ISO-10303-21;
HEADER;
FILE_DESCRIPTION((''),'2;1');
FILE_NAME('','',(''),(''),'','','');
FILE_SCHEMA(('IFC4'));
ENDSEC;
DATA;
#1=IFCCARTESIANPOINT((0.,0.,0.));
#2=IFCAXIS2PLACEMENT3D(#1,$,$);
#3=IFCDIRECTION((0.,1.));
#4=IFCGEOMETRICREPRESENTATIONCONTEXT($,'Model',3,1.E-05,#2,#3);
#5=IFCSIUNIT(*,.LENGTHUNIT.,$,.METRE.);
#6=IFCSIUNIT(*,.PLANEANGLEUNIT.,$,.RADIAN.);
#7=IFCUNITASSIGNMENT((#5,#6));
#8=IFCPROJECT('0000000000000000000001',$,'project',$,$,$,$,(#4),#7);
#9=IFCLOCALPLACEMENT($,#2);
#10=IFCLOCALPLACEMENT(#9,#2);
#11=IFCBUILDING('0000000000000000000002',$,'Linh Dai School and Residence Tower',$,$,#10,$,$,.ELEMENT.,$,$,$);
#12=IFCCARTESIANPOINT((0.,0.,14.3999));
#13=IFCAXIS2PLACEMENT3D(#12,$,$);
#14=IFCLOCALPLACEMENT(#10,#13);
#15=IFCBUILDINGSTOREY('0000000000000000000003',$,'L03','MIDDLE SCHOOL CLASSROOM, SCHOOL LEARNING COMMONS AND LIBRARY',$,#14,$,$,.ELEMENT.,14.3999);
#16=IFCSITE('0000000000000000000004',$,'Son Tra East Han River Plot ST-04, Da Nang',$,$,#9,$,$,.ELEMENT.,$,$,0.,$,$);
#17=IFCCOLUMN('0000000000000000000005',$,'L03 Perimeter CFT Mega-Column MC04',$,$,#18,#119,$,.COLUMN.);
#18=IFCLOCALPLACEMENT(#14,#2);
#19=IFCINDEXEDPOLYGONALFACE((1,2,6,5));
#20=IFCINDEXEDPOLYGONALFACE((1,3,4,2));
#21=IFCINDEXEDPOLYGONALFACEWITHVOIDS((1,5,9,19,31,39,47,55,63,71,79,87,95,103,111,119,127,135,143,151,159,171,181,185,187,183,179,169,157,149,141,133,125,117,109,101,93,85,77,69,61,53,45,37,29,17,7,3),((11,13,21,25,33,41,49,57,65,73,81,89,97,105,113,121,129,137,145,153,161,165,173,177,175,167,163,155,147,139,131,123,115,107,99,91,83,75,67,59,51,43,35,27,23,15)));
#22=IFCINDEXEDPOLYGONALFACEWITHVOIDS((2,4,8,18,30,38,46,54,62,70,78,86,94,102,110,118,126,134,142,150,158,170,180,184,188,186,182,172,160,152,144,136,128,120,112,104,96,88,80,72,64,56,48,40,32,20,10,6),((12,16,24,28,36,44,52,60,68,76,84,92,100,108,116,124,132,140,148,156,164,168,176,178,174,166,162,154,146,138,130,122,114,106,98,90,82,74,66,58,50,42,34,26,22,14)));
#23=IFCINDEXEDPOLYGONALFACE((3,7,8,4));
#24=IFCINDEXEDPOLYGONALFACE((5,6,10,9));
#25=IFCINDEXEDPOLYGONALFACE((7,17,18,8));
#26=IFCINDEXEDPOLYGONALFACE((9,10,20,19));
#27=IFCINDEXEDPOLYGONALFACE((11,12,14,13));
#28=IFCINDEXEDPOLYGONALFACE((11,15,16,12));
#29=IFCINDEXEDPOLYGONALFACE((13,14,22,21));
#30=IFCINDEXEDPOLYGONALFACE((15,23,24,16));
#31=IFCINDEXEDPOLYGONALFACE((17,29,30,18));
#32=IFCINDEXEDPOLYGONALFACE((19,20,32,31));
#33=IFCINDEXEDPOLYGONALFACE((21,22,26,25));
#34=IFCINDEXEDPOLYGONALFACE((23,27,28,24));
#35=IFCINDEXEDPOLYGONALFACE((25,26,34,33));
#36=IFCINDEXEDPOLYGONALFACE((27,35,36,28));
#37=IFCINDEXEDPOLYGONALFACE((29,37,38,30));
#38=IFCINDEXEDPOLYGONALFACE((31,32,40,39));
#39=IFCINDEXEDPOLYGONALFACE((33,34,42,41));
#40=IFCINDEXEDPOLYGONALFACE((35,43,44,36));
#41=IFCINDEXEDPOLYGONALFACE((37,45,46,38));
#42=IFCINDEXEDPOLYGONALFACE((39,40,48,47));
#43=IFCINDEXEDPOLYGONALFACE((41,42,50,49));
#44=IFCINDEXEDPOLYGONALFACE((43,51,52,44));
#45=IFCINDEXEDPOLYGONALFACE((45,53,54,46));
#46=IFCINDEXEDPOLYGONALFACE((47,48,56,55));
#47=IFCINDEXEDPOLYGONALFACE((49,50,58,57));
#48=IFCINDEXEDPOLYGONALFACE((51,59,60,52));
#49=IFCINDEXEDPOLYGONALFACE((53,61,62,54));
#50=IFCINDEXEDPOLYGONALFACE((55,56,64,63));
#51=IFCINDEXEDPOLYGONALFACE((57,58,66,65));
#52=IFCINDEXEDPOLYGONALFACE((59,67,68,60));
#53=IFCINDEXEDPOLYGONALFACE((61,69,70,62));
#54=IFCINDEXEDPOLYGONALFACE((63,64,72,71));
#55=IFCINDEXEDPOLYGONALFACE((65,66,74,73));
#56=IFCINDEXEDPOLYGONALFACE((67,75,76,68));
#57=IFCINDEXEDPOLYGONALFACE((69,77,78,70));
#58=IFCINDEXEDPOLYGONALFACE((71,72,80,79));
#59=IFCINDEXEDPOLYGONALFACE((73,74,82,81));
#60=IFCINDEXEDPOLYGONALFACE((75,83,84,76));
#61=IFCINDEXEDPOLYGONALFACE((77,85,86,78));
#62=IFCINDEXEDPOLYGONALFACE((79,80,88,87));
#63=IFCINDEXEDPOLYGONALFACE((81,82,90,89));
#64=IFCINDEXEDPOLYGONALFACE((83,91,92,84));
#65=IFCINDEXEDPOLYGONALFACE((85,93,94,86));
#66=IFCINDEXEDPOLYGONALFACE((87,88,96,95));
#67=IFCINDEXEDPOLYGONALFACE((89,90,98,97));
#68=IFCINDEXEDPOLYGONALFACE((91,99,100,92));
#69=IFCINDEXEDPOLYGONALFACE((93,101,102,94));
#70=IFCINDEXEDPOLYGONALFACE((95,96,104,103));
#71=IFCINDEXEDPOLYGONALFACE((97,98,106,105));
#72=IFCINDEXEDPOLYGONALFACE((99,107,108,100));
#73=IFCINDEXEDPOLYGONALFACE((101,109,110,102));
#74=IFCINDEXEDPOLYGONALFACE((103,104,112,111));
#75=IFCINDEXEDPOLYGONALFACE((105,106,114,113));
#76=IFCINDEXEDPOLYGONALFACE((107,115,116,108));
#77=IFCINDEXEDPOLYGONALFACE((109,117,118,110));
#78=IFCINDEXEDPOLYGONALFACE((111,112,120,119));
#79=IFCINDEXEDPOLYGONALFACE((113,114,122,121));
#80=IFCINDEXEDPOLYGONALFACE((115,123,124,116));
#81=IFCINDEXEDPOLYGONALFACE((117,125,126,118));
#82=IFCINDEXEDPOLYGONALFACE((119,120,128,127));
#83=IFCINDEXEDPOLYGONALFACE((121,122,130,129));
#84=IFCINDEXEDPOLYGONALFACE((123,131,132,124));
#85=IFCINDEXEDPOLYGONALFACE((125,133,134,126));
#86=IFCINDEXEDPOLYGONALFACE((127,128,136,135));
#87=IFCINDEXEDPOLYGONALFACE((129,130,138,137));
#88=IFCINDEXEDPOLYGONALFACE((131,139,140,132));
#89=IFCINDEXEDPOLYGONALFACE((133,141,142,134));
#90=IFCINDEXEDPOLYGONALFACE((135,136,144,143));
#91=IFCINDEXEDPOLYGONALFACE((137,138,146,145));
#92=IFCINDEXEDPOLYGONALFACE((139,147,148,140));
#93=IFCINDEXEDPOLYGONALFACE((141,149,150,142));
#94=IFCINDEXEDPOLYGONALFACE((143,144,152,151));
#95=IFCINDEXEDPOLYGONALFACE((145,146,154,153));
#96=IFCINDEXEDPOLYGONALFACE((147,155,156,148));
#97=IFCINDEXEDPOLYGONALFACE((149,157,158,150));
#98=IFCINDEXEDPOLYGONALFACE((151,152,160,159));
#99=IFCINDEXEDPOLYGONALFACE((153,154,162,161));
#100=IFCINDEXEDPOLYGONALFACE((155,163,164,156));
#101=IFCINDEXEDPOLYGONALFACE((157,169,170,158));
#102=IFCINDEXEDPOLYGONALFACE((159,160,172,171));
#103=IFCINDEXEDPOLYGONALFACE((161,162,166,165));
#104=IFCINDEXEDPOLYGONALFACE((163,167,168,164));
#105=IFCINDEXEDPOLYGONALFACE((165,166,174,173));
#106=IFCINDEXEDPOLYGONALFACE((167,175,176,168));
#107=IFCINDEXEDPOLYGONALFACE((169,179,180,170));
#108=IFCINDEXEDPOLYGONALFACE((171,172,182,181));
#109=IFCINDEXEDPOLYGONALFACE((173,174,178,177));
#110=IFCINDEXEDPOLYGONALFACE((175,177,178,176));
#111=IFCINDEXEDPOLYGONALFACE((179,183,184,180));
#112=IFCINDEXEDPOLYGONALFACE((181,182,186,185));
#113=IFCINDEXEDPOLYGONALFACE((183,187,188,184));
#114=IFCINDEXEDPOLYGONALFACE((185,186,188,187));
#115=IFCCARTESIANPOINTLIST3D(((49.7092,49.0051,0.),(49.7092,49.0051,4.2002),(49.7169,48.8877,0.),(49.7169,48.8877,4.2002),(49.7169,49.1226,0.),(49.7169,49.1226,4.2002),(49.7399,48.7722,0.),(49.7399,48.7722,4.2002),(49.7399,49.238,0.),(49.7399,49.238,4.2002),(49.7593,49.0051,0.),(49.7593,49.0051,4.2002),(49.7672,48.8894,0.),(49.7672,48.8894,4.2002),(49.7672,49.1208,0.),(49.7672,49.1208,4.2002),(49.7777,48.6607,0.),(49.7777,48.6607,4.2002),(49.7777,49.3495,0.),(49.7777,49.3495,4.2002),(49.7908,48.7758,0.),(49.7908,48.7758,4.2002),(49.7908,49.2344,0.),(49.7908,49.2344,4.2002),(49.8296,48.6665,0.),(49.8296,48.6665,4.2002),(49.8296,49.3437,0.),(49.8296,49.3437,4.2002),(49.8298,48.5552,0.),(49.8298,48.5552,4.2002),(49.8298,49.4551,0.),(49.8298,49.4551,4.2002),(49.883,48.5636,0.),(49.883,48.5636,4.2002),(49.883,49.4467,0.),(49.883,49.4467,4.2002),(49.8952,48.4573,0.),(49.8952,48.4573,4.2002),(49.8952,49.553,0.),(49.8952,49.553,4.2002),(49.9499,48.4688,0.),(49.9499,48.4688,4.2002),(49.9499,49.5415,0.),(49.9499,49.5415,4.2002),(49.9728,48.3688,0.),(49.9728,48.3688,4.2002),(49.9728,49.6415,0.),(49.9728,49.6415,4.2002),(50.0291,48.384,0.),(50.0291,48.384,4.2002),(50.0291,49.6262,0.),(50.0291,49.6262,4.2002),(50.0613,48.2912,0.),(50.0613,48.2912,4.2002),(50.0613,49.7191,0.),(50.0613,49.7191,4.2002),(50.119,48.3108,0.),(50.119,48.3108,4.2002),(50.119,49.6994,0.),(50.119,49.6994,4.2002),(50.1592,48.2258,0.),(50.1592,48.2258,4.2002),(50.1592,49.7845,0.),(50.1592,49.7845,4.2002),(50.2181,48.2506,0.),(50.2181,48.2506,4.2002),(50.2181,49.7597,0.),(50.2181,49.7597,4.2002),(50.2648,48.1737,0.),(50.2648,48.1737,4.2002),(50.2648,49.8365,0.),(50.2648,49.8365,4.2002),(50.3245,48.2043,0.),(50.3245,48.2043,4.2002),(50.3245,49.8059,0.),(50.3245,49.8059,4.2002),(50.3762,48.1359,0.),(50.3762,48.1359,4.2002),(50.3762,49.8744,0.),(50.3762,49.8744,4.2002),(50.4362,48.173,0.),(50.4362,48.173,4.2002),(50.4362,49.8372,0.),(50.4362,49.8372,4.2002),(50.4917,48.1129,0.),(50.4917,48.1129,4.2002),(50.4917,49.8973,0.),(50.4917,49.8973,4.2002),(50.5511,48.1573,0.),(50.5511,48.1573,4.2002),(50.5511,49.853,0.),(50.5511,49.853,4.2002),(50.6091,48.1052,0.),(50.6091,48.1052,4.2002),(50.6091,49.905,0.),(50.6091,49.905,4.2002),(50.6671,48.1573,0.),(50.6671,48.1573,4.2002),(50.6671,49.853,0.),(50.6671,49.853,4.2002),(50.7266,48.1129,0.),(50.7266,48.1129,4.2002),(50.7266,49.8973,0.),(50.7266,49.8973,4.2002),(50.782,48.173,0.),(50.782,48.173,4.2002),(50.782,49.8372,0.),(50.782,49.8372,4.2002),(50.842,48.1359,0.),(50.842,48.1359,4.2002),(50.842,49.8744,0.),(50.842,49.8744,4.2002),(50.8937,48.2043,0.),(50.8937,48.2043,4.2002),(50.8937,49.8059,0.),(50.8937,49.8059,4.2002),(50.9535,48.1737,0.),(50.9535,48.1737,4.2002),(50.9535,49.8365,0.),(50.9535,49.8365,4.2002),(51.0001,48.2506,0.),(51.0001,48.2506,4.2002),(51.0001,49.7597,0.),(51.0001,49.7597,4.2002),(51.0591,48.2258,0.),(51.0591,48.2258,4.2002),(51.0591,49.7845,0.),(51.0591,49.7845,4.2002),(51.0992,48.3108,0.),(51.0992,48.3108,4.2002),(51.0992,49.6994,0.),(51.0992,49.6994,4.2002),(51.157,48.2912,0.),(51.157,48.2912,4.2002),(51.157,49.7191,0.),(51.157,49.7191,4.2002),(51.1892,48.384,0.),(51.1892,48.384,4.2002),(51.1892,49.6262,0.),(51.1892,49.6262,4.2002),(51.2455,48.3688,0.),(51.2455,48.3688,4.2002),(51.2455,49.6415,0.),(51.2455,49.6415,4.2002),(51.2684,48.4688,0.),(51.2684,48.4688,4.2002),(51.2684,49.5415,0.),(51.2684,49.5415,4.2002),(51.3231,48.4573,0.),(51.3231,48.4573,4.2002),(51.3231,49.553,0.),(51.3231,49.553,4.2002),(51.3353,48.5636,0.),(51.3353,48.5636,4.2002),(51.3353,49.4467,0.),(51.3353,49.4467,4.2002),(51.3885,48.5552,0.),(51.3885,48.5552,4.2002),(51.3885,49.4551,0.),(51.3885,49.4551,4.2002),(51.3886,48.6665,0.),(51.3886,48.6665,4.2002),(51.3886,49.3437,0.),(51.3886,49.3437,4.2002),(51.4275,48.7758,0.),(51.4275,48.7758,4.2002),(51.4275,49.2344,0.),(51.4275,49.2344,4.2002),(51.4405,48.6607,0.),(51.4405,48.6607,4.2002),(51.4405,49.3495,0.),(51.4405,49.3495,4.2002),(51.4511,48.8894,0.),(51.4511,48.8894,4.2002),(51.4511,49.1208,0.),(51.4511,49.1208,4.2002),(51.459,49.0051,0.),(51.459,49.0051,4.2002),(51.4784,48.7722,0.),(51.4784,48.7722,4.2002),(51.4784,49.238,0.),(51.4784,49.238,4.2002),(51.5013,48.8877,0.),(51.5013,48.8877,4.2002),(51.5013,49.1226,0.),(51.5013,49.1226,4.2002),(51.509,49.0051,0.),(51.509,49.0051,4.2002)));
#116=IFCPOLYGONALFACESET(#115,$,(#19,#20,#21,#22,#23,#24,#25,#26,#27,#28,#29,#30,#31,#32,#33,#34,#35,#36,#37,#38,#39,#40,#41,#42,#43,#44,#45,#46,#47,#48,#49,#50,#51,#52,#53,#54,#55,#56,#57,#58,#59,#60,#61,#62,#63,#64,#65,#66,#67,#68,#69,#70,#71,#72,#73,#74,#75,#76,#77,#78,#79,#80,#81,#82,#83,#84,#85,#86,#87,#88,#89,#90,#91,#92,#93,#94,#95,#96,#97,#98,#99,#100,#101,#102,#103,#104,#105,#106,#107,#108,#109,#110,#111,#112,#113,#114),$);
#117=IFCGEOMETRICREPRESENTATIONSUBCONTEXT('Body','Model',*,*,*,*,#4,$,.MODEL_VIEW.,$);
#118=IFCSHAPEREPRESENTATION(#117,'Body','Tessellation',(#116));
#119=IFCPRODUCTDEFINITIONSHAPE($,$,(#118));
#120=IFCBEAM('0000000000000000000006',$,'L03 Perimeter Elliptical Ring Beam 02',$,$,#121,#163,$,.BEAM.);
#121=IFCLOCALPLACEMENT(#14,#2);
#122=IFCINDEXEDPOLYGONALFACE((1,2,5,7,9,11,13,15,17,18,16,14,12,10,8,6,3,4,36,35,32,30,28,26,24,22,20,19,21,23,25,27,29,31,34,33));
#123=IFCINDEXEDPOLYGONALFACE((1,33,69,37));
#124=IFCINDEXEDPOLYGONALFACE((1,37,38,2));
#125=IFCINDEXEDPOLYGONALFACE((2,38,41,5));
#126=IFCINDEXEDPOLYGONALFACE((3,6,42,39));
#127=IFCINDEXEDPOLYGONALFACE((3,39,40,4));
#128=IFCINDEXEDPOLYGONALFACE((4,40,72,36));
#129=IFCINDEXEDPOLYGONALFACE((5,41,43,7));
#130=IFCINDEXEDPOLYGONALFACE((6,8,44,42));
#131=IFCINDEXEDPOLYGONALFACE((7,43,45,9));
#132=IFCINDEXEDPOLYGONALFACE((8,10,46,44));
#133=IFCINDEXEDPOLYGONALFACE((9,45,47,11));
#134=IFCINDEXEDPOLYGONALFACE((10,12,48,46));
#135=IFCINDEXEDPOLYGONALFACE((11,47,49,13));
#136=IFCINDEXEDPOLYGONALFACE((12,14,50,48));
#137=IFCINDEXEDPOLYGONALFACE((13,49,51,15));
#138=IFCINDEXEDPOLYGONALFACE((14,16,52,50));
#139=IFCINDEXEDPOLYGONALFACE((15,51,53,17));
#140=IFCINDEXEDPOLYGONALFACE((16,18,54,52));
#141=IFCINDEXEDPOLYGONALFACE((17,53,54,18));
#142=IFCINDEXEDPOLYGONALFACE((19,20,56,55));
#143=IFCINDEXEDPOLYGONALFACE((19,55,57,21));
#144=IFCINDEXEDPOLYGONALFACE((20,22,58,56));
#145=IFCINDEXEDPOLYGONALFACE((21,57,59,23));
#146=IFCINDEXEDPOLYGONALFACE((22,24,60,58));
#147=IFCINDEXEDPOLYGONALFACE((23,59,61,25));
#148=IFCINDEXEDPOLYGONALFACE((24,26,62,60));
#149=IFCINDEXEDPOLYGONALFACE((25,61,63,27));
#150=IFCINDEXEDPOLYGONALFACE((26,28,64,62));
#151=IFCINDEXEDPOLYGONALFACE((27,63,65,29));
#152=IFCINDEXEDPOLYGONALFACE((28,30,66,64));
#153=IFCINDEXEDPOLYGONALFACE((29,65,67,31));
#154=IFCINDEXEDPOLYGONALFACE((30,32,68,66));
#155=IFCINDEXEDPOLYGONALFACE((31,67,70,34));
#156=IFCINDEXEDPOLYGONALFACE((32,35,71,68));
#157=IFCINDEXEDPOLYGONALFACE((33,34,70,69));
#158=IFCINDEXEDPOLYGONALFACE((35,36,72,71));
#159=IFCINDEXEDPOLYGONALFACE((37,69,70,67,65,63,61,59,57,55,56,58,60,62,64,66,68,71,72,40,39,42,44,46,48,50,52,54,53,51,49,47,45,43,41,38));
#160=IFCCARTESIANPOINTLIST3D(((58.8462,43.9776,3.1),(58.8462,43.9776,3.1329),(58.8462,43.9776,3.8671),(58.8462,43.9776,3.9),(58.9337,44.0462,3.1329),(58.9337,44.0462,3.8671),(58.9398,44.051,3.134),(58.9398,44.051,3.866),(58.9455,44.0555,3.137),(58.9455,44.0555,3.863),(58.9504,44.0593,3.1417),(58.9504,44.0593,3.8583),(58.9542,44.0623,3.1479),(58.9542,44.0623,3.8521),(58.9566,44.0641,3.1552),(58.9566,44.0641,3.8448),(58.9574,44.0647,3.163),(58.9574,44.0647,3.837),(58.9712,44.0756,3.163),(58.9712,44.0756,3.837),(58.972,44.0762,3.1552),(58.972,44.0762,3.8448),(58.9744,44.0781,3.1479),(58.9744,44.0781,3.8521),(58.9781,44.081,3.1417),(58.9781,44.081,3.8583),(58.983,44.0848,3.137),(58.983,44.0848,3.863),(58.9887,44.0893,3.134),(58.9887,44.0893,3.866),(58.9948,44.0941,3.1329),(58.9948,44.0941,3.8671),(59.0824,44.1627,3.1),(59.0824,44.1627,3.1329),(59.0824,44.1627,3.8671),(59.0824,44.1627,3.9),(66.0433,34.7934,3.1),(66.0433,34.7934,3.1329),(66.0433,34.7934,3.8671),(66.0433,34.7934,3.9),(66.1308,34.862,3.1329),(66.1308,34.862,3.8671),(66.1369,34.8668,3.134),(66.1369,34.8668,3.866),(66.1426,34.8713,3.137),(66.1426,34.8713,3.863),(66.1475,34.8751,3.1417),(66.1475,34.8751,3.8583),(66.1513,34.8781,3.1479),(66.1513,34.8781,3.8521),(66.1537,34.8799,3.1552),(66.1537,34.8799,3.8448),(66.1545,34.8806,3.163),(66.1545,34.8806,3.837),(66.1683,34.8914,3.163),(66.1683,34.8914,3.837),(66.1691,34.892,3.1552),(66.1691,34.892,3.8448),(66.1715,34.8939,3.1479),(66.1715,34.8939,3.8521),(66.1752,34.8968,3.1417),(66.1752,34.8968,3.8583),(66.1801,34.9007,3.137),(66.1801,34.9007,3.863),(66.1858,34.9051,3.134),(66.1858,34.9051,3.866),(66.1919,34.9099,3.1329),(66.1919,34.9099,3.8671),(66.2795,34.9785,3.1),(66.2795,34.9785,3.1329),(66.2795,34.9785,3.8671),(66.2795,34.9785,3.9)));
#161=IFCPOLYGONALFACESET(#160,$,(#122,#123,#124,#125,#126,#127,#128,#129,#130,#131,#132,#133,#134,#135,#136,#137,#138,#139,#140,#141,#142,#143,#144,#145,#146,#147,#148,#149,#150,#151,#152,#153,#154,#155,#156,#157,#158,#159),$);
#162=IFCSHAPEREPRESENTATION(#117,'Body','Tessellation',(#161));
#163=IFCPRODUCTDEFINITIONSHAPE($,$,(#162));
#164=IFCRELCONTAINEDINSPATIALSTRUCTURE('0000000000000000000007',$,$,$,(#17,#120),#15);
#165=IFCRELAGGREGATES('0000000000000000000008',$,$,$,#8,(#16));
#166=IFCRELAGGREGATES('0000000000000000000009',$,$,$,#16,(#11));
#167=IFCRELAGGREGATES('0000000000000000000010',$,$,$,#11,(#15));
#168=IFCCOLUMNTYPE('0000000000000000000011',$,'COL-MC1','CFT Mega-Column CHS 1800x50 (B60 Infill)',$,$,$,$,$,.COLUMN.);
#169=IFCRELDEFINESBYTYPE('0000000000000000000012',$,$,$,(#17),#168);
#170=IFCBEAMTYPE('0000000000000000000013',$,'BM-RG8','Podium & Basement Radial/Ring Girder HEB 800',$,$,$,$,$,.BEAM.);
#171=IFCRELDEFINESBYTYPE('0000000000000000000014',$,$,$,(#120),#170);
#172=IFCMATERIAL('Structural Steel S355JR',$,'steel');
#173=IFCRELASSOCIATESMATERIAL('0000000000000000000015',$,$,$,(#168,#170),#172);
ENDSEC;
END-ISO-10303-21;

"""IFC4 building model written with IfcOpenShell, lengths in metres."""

from ifc_helpers import new_model, si_unit, direction, frame, origin, origin_2d, place, context, subcontext, project, spatial, hollow_circle, i_section, extrude, material, material_profile, profile_set, type_object, element, save


model = new_model("IFC4")

# Units and contexts
model_context = context("Model", 3, precision=1e-05, world=origin(), true_north=direction((0.0, 1.0)))
body_context = subcontext(model_context, "Body", "Model", "MODEL_VIEW")
ifc_project = project(units=[si_unit("LENGTHUNIT", "METRE"), si_unit("PLANEANGLEUNIT", "RADIAN")], contexts=[model_context])

# Site, building, storey
site_placement = place(None, origin())
site = spatial("IfcSite", under=ifc_project, at=site_placement, Name="Son Tra East Han River Plot ST-04, Da Nang", CompositionType="ELEMENT", RefElevation=0.0)
building_placement = place(site_placement, origin())
building = spatial("IfcBuilding", under=site, at=building_placement, Name="Linh Dai School and Residence Tower", CompositionType="ELEMENT")
storey_placement = place(building_placement, frame((0.0, 0.0, 14.3999)))
storey = spatial("IfcBuildingStorey", under=building, at=storey_placement, Name="L03", Description="MIDDLE SCHOOL CLASSROOM, SCHOOL LEARNING COMMONS AND LIBRARY", CompositionType="ELEMENT", Elevation=14.3999)

# Column
ifc_material_1 = material(Name="Structural Steel S355JR", Category="steel")
ifc_material_profile_1 = material_profile(ifc_material_1, hollow_circle(Radius=0.8999, WallThickness=0.05, at=origin_2d()), Name="CHS 1800x50")
ifc_profile_set_1 = profile_set([ifc_material_profile_1], Name="Structural Steel S355JR")
column_type_1 = type_object("IfcColumnType", Name="COL-MC1", Description="CFT Mega-Column CHS 1800x50 (B60 Infill)", PredefinedType="COLUMN", material=ifc_profile_set_1)
for number, where, z_axis, x_axis, name in (
    (1, (50.6091, 49.0051, 0.0), (0.0, 0.0, 1.0), (1.0, 0.0, 0.0), "L03 Perimeter CFT Mega-Column MC04"),
):
    element("IfcColumn", number, at=place(storey_placement, frame(where, z_axis=z_axis, x_axis=x_axis)), inside=storey, type_object=column_type_1, Name=name, PredefinedType="COLUMN", context=body_context, shape_type="SweptSolid", body=[
        extrude(hollow_circle(Radius=0.8999, WallThickness=0.05, at=origin_2d()), origin(), (0.0, 0.0, 1.0), 4.2002),
    ])

# Beam
ifc_material_profile_2 = material_profile(ifc_material_1, i_section(OverallWidth=0.3, OverallDepth=0.8, WebThickness=0.0176, FlangeThickness=0.033, FilletRadius=0.03, at=origin_2d()), Name="HEB 800")
ifc_profile_set_2 = profile_set([ifc_material_profile_2], Name="Structural Steel S355JR")
beam_type_1 = type_object("IfcBeamType", Name="BM-RG8", Description="Podium & Basement Radial/Ring Girder HEB 800", PredefinedType="BEAM", material=ifc_profile_set_2)
beam_1_placement = place(storey_placement, frame((66.1614, 34.886, 3.5), z_axis=(-0.616812, 0.787111, 0.0), x_axis=(-0.787111, -0.616812, 0.0)))
element("IfcBeam", 2, at=beam_1_placement, inside=storey, type_object=beam_type_1, Name="L03 Perimeter Elliptical Ring Beam 02", PredefinedType="BEAM", context=body_context, shape_type="SweptSolid", body=[
    extrude(i_section(OverallWidth=0.3, OverallDepth=0.8, WebThickness=0.0176, FlangeThickness=0.033, FilletRadius=0.03, at=origin_2d()), origin(), (0.0, 0.0, 1.0), 11.6682),
])

save(model, "model.ifc")
